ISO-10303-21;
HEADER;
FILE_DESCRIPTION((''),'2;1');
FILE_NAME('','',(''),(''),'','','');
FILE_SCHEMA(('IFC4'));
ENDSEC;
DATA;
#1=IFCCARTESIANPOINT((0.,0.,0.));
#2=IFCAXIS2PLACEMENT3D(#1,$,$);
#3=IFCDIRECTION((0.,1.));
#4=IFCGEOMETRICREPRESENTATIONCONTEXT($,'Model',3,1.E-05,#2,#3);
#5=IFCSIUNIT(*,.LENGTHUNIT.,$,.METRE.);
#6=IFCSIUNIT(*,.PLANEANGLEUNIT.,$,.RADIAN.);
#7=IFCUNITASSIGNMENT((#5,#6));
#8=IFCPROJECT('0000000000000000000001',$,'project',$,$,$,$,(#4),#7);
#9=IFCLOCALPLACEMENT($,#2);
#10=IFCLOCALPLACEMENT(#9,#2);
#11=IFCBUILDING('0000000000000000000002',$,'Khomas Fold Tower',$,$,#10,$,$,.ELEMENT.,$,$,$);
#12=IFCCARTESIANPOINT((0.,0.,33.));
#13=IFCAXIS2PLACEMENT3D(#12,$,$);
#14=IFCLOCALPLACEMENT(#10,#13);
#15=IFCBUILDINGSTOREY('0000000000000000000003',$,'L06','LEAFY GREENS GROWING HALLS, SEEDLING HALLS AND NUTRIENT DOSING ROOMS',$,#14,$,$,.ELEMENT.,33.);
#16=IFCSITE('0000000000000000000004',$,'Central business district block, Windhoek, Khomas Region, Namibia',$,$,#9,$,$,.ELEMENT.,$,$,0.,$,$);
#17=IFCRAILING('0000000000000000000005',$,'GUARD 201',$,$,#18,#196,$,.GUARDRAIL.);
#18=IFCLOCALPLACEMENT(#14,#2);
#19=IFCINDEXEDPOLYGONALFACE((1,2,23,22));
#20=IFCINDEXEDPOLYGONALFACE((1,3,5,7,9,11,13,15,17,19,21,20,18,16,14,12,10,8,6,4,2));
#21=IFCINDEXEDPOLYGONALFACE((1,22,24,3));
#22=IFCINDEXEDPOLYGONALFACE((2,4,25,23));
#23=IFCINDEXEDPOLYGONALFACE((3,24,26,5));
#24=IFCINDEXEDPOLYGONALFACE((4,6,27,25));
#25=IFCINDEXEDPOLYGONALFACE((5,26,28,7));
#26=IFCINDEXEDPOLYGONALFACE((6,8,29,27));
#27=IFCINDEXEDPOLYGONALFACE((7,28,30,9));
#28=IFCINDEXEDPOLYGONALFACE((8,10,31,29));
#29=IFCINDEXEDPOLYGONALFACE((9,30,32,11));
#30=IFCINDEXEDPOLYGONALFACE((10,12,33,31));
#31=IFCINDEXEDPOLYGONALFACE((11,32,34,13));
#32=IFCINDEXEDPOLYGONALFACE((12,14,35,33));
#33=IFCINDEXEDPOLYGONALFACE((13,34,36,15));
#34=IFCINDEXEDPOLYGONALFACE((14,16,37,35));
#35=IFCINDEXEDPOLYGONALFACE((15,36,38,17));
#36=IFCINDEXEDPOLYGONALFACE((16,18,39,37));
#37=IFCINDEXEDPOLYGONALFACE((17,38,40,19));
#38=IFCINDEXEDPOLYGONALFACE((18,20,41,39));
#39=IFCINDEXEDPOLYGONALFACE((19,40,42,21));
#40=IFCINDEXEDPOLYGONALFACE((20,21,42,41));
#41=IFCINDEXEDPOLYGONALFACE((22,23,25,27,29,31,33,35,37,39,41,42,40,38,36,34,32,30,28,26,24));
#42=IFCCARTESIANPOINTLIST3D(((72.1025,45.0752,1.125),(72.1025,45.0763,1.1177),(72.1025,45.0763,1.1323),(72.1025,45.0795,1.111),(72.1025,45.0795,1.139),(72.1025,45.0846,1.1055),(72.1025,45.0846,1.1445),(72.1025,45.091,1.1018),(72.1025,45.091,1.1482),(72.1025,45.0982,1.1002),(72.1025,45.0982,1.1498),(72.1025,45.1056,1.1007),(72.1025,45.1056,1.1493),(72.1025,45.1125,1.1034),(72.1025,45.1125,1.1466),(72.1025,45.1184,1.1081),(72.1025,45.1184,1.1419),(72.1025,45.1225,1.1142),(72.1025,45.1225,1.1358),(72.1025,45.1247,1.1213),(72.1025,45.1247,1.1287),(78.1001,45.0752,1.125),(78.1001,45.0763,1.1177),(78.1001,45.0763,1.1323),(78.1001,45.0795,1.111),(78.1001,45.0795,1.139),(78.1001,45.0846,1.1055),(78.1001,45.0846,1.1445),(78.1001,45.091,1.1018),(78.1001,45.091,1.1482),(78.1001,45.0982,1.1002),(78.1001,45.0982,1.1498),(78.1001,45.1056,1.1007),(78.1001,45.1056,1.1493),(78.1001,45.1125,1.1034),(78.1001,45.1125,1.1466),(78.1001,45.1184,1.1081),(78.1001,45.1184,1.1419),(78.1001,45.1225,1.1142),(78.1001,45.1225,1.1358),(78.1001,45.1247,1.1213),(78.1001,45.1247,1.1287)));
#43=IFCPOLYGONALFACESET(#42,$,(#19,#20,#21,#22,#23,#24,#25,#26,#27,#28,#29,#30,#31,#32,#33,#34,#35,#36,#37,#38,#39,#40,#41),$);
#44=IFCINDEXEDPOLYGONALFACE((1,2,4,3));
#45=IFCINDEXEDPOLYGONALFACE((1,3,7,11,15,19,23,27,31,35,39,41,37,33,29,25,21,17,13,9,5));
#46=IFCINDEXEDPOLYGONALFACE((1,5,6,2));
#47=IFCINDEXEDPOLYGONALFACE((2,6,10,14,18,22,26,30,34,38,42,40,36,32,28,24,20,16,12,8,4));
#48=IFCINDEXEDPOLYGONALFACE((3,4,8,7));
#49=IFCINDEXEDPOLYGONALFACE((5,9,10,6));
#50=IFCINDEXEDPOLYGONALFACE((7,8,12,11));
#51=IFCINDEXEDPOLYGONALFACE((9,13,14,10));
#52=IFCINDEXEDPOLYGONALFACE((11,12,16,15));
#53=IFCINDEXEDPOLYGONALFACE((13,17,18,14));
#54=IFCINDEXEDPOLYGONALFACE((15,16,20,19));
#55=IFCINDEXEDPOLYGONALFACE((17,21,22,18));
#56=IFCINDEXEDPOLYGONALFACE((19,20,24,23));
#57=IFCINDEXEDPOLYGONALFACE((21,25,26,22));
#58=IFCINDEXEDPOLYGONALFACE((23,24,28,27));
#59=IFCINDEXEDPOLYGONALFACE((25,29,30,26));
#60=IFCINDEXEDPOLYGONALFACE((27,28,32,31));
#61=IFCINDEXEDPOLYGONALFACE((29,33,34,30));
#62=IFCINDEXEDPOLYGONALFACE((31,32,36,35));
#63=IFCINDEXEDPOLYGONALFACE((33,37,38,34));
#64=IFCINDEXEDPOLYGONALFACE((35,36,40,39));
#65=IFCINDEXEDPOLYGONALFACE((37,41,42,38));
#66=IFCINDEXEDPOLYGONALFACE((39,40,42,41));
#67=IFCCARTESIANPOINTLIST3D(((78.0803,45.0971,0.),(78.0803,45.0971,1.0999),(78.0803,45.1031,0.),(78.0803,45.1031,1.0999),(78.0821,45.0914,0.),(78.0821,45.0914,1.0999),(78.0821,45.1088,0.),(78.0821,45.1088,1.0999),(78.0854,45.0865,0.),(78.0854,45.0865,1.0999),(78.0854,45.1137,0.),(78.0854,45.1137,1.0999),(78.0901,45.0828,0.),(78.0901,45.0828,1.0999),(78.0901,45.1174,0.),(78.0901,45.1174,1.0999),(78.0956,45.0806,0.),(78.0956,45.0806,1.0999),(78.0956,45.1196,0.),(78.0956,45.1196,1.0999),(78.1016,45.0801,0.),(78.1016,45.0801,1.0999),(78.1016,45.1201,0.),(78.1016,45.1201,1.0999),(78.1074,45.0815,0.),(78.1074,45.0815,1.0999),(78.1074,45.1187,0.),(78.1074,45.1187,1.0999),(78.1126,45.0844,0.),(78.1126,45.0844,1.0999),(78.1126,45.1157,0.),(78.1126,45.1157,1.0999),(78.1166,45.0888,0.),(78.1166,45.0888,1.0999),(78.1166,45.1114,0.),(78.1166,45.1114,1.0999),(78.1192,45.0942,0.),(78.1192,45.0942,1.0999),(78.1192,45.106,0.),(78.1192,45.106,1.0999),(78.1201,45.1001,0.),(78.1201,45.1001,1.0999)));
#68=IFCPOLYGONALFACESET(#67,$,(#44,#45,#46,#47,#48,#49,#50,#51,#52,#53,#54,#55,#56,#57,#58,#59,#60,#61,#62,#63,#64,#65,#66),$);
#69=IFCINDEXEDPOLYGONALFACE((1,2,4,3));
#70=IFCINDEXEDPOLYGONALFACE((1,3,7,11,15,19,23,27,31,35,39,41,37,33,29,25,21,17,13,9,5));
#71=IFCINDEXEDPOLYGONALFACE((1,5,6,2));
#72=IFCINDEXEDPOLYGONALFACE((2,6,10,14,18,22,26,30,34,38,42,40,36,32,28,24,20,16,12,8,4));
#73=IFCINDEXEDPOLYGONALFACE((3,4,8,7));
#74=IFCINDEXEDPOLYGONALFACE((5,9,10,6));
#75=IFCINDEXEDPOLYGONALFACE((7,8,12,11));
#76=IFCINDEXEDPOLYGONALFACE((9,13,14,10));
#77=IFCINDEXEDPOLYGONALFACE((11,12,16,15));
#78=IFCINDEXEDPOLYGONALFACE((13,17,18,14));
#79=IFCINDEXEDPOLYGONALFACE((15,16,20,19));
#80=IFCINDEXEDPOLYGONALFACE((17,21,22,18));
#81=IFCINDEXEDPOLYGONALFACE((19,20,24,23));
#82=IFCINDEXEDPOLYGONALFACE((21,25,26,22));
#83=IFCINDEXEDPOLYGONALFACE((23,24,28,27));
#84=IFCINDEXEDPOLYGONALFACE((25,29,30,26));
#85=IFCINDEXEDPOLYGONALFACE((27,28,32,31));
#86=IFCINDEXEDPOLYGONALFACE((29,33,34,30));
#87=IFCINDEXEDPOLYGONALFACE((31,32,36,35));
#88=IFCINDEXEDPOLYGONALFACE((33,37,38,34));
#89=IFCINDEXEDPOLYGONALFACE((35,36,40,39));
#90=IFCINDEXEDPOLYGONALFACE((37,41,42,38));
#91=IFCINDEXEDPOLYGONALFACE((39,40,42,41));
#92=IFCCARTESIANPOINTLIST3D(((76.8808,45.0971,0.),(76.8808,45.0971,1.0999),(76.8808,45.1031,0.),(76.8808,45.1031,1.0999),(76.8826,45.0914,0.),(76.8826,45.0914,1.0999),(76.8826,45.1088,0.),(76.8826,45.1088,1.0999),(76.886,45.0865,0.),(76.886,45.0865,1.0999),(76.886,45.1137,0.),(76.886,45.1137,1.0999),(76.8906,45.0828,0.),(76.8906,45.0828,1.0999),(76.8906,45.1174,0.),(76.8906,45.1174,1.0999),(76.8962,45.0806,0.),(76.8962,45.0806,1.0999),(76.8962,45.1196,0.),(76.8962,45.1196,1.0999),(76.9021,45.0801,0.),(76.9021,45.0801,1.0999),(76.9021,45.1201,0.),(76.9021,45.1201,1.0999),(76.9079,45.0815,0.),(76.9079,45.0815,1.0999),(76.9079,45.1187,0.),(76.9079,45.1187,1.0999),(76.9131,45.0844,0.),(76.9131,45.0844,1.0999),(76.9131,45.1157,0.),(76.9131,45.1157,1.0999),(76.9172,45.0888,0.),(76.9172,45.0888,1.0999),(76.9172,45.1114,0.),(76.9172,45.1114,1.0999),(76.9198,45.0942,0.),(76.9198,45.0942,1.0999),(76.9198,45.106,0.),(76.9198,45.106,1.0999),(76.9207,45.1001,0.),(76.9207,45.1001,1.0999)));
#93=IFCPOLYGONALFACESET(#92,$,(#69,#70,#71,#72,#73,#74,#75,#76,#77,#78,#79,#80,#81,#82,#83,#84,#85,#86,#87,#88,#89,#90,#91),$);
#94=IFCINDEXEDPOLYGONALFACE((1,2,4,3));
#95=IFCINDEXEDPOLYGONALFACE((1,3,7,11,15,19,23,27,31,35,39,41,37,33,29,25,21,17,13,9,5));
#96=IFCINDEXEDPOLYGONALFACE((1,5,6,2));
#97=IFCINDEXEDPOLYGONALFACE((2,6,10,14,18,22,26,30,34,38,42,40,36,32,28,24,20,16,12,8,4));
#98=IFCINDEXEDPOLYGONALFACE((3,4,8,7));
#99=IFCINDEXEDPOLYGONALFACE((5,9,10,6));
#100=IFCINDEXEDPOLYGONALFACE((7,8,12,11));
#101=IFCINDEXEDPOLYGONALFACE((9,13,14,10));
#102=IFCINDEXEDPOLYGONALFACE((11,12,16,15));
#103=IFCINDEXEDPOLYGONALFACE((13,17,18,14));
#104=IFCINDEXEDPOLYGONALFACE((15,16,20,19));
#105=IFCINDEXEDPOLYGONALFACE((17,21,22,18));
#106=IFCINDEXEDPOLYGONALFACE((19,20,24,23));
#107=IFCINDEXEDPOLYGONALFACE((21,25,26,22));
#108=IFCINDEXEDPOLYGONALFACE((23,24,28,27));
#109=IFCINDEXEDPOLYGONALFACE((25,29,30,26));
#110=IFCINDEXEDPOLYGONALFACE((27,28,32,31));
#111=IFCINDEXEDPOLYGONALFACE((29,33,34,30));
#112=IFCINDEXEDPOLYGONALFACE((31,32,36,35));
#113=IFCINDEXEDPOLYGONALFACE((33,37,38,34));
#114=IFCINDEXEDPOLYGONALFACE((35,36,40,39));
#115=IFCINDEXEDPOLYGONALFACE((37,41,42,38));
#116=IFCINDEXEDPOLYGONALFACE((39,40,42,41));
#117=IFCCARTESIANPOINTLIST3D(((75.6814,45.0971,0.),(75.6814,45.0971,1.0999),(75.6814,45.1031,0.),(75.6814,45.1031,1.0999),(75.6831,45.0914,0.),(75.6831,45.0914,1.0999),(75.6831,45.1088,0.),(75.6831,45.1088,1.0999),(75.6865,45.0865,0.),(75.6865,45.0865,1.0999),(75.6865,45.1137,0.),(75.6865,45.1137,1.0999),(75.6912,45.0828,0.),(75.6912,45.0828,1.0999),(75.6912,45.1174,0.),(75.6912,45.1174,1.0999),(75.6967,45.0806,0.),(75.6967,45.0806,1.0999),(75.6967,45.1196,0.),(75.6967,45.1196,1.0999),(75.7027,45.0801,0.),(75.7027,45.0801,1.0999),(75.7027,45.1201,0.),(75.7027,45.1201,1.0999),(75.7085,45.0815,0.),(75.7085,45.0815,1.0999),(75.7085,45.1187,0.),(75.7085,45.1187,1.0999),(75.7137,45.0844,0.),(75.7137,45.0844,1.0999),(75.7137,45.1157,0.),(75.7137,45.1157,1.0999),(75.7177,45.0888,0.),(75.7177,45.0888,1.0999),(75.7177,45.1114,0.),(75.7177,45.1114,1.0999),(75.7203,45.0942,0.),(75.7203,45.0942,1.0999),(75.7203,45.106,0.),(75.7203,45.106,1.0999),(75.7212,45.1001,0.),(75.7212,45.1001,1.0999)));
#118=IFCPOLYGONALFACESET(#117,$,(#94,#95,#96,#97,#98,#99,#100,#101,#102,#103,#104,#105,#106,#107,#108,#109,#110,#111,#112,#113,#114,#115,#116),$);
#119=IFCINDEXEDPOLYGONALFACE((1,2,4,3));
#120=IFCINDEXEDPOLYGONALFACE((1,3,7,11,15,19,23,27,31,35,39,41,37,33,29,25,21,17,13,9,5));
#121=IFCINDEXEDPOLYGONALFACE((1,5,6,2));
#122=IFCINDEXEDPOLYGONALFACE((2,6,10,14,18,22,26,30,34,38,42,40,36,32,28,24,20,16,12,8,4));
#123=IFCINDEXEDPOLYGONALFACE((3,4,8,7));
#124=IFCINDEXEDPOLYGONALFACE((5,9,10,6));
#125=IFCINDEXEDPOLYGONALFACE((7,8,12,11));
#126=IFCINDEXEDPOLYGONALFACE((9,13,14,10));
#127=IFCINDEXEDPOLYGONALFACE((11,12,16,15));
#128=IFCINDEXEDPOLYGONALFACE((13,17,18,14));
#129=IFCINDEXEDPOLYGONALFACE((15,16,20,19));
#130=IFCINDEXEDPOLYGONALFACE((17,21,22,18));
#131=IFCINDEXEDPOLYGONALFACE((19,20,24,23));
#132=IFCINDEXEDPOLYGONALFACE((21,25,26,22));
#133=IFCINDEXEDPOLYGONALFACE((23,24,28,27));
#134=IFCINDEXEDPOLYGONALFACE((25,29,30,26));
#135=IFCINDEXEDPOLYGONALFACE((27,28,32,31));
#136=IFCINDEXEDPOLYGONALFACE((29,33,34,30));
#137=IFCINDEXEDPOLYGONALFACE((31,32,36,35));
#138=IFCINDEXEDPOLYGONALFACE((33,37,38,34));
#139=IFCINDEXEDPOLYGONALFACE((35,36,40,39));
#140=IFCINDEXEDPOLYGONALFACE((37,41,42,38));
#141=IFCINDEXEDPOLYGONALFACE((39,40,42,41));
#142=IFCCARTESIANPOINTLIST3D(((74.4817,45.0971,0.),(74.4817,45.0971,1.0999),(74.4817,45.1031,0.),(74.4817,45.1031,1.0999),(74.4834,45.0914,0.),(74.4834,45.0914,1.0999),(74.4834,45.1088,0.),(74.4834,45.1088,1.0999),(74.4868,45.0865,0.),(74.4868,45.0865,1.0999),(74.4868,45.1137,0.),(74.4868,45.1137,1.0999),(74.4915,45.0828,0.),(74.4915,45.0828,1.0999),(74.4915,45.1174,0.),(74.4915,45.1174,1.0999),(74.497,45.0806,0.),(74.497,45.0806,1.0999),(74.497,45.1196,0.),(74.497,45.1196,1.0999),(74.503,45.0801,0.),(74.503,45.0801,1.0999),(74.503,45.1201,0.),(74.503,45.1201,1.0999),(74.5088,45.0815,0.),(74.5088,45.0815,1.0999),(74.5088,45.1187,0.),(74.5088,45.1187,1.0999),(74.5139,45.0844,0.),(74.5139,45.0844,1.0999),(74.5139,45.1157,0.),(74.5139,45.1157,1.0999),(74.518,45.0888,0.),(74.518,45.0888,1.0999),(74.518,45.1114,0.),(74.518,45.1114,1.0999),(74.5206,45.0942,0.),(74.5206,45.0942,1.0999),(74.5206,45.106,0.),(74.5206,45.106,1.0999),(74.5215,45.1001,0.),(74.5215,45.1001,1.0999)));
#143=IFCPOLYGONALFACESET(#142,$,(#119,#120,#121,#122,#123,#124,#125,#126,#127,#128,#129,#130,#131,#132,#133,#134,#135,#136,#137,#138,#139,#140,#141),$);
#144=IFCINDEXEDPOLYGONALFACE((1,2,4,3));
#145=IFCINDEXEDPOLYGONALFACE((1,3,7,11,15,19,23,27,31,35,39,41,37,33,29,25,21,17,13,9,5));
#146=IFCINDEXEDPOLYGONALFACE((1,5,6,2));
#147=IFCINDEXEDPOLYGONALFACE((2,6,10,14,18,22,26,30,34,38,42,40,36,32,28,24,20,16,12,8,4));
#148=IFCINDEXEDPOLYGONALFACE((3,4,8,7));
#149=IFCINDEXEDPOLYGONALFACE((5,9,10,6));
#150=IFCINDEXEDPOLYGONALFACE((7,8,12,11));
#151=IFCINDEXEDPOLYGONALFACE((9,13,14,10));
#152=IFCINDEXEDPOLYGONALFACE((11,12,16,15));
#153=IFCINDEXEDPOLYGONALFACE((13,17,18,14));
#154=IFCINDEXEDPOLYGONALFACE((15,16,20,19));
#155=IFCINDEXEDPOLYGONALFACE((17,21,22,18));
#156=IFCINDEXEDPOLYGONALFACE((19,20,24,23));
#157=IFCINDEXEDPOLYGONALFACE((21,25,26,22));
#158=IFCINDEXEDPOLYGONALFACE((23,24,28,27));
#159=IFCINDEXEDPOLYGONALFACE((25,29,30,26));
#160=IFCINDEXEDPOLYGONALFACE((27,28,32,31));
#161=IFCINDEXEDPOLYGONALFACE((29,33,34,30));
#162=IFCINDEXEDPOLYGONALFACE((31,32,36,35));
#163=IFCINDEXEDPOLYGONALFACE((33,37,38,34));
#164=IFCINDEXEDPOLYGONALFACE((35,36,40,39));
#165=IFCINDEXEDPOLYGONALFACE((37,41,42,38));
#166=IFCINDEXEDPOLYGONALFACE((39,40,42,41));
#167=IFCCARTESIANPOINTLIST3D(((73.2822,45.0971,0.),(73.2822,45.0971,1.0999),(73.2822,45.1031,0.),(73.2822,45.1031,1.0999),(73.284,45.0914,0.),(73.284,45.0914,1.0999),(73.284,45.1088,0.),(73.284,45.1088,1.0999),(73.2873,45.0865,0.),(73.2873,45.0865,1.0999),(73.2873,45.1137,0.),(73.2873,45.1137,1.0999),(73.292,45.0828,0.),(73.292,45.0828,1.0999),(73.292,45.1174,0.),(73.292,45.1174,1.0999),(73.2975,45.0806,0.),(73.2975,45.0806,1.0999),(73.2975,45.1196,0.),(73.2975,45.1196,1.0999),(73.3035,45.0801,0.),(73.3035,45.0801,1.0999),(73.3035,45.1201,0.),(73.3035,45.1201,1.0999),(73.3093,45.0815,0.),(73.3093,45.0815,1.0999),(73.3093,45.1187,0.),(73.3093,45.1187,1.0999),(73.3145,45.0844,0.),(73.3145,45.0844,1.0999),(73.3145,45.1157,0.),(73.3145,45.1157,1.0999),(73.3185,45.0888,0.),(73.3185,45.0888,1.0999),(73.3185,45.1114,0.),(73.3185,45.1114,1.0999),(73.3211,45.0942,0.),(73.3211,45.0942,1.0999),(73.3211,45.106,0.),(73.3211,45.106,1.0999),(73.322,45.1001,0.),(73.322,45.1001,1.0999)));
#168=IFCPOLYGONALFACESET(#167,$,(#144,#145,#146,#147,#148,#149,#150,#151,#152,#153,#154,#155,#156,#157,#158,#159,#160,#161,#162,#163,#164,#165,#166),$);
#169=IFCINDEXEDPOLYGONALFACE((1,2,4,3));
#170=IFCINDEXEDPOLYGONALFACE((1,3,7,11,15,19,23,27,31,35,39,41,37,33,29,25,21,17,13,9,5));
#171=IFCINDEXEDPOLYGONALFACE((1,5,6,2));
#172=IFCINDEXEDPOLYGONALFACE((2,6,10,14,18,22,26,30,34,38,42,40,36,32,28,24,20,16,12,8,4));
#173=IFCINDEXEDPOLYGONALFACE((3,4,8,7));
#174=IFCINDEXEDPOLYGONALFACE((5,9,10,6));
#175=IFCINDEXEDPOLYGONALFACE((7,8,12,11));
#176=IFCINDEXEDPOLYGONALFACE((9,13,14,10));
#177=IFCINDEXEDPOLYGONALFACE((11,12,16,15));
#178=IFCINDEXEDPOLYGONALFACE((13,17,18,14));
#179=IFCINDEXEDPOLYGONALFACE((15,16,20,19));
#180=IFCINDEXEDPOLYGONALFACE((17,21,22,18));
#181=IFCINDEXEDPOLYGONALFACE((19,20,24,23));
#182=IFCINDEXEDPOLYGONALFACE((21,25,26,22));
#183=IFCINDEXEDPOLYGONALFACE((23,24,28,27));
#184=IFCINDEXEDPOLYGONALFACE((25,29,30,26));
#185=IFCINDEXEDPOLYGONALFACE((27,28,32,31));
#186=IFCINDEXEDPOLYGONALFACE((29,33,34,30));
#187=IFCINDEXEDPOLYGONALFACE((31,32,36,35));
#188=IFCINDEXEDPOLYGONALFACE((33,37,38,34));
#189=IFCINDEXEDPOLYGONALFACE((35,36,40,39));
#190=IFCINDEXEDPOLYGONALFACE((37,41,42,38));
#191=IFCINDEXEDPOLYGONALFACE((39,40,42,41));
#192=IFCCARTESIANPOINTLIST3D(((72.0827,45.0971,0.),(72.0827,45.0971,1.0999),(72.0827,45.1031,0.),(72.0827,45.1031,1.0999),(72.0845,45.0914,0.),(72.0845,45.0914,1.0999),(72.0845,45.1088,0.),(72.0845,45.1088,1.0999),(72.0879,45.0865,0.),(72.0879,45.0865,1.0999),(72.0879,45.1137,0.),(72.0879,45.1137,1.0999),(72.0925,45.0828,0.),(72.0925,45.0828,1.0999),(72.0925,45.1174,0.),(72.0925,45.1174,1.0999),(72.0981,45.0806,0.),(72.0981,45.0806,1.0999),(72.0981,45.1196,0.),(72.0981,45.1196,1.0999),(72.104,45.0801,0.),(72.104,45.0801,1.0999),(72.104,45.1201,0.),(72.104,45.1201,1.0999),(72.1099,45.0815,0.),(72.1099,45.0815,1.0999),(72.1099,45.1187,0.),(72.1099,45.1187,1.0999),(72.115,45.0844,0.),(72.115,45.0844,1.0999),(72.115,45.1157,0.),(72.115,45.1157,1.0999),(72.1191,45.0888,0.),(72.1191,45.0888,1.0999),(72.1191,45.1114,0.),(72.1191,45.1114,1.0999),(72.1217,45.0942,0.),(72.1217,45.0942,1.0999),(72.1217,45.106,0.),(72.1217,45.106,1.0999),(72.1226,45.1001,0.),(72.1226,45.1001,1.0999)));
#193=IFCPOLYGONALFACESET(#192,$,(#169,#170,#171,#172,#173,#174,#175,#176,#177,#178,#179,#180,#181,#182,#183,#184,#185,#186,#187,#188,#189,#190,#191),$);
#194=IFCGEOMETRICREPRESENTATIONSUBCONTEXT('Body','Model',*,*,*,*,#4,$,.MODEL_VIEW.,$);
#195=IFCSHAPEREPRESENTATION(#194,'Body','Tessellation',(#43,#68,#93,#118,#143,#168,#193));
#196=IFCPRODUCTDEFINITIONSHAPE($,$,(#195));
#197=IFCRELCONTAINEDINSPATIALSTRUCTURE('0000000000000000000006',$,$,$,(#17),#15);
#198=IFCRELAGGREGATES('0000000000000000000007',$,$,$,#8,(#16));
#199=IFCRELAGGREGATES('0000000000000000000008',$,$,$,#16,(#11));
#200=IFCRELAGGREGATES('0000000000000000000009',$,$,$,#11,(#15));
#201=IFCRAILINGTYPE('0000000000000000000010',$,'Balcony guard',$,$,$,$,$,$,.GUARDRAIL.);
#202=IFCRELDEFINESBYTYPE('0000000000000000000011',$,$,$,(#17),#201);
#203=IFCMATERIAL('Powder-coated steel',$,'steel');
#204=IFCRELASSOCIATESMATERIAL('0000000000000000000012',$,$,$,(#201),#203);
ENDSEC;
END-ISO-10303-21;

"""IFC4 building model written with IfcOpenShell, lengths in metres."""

from ifc_helpers import new_model, si_unit, direction, frame, origin, origin_2d, place, context, subcontext, project, spatial, circle, extrude, source, transform, mapped, material, type_object, element, save


model = new_model("IFC4")

# Units and contexts
model_context = context("Model", 3, precision=1e-05, world=origin(), true_north=direction((0.0, 1.0)))
body_context = subcontext(model_context, "Body", "Model", "MODEL_VIEW")
ifc_project = project(units=[si_unit("LENGTHUNIT", "METRE"), si_unit("PLANEANGLEUNIT", "RADIAN")], contexts=[model_context])

# Site, building, storey
site_placement = place(None, origin())
site = spatial("IfcSite", under=ifc_project, at=site_placement, Name="Central business district block, Windhoek, Khomas Region, Namibia", CompositionType="ELEMENT", RefElevation=0.0)
building_placement = place(site_placement, origin())
building = spatial("IfcBuilding", under=site, at=building_placement, Name="Khomas Fold Tower", CompositionType="ELEMENT")
storey_placement = place(building_placement, frame((0.0, 0.0, 33.0)))
storey = spatial("IfcBuildingStorey", under=building, at=storey_placement, Name="L06", Description="LEAFY GREENS GROWING HALLS, SEEDLING HALLS AND NUTRIENT DOSING ROOMS", CompositionType="ELEMENT", Elevation=33.0)

# Railing
ifc_material_1 = material(Name="Powder-coated steel", Category="steel")
railing_type_1 = type_object("IfcRailingType", Name="Balcony guard", PredefinedType="GUARDRAIL", material=ifc_material_1)
shared_shape_1 = source(origin(), body_context, "Body", "SweptSolid", [
    extrude(circle(Radius=0.0249, at=origin_2d()), frame((0.0, 0.0, 1.125), z_axis=(-1.0, 0.0, 0.0), x_axis=(0.0, -1.0, 0.0)), (0.0, 0.0, 1.0), 5.9976),
    extrude(circle(Radius=0.02, at=origin_2d()), origin(), (0.0, 0.0, 1.0), 1.0999),
    extrude(circle(Radius=0.02, at=origin_2d()), frame((-1.1995, 0.0, 0.0)), (0.0, 0.0, 1.0), 1.0999),
    extrude(circle(Radius=0.02, at=origin_2d()), frame((-2.3989, 0.0, 0.0)), (0.0, 0.0, 1.0), 1.0999),
    extrude(circle(Radius=0.02, at=origin_2d()), frame((-3.5986, 0.0, 0.0)), (0.0, 0.0, 1.0), 1.0999),
    extrude(circle(Radius=0.02, at=origin_2d()), frame((-4.7981, 0.0, 0.0)), (0.0, 0.0, 1.0), 1.0999),
    extrude(circle(Radius=0.02, at=origin_2d()), frame((-5.9976, 0.0, 0.0)), (0.0, 0.0, 1.0), 1.0999),
])
for number, where, name in (
    (1, (78.1001, 45.1001, 0.0), "GUARD 201"),
):
    element("IfcRailing", number, at=place(storey_placement, frame(where)), inside=storey, type_object=railing_type_1, Name=name, PredefinedType="GUARDRAIL", context=body_context, shape_type="MappedRepresentation", body=[
        mapped(shared_shape_1, transform((0.0, 0.0, 0.0))),
    ])

save(model, "model.ifc")
